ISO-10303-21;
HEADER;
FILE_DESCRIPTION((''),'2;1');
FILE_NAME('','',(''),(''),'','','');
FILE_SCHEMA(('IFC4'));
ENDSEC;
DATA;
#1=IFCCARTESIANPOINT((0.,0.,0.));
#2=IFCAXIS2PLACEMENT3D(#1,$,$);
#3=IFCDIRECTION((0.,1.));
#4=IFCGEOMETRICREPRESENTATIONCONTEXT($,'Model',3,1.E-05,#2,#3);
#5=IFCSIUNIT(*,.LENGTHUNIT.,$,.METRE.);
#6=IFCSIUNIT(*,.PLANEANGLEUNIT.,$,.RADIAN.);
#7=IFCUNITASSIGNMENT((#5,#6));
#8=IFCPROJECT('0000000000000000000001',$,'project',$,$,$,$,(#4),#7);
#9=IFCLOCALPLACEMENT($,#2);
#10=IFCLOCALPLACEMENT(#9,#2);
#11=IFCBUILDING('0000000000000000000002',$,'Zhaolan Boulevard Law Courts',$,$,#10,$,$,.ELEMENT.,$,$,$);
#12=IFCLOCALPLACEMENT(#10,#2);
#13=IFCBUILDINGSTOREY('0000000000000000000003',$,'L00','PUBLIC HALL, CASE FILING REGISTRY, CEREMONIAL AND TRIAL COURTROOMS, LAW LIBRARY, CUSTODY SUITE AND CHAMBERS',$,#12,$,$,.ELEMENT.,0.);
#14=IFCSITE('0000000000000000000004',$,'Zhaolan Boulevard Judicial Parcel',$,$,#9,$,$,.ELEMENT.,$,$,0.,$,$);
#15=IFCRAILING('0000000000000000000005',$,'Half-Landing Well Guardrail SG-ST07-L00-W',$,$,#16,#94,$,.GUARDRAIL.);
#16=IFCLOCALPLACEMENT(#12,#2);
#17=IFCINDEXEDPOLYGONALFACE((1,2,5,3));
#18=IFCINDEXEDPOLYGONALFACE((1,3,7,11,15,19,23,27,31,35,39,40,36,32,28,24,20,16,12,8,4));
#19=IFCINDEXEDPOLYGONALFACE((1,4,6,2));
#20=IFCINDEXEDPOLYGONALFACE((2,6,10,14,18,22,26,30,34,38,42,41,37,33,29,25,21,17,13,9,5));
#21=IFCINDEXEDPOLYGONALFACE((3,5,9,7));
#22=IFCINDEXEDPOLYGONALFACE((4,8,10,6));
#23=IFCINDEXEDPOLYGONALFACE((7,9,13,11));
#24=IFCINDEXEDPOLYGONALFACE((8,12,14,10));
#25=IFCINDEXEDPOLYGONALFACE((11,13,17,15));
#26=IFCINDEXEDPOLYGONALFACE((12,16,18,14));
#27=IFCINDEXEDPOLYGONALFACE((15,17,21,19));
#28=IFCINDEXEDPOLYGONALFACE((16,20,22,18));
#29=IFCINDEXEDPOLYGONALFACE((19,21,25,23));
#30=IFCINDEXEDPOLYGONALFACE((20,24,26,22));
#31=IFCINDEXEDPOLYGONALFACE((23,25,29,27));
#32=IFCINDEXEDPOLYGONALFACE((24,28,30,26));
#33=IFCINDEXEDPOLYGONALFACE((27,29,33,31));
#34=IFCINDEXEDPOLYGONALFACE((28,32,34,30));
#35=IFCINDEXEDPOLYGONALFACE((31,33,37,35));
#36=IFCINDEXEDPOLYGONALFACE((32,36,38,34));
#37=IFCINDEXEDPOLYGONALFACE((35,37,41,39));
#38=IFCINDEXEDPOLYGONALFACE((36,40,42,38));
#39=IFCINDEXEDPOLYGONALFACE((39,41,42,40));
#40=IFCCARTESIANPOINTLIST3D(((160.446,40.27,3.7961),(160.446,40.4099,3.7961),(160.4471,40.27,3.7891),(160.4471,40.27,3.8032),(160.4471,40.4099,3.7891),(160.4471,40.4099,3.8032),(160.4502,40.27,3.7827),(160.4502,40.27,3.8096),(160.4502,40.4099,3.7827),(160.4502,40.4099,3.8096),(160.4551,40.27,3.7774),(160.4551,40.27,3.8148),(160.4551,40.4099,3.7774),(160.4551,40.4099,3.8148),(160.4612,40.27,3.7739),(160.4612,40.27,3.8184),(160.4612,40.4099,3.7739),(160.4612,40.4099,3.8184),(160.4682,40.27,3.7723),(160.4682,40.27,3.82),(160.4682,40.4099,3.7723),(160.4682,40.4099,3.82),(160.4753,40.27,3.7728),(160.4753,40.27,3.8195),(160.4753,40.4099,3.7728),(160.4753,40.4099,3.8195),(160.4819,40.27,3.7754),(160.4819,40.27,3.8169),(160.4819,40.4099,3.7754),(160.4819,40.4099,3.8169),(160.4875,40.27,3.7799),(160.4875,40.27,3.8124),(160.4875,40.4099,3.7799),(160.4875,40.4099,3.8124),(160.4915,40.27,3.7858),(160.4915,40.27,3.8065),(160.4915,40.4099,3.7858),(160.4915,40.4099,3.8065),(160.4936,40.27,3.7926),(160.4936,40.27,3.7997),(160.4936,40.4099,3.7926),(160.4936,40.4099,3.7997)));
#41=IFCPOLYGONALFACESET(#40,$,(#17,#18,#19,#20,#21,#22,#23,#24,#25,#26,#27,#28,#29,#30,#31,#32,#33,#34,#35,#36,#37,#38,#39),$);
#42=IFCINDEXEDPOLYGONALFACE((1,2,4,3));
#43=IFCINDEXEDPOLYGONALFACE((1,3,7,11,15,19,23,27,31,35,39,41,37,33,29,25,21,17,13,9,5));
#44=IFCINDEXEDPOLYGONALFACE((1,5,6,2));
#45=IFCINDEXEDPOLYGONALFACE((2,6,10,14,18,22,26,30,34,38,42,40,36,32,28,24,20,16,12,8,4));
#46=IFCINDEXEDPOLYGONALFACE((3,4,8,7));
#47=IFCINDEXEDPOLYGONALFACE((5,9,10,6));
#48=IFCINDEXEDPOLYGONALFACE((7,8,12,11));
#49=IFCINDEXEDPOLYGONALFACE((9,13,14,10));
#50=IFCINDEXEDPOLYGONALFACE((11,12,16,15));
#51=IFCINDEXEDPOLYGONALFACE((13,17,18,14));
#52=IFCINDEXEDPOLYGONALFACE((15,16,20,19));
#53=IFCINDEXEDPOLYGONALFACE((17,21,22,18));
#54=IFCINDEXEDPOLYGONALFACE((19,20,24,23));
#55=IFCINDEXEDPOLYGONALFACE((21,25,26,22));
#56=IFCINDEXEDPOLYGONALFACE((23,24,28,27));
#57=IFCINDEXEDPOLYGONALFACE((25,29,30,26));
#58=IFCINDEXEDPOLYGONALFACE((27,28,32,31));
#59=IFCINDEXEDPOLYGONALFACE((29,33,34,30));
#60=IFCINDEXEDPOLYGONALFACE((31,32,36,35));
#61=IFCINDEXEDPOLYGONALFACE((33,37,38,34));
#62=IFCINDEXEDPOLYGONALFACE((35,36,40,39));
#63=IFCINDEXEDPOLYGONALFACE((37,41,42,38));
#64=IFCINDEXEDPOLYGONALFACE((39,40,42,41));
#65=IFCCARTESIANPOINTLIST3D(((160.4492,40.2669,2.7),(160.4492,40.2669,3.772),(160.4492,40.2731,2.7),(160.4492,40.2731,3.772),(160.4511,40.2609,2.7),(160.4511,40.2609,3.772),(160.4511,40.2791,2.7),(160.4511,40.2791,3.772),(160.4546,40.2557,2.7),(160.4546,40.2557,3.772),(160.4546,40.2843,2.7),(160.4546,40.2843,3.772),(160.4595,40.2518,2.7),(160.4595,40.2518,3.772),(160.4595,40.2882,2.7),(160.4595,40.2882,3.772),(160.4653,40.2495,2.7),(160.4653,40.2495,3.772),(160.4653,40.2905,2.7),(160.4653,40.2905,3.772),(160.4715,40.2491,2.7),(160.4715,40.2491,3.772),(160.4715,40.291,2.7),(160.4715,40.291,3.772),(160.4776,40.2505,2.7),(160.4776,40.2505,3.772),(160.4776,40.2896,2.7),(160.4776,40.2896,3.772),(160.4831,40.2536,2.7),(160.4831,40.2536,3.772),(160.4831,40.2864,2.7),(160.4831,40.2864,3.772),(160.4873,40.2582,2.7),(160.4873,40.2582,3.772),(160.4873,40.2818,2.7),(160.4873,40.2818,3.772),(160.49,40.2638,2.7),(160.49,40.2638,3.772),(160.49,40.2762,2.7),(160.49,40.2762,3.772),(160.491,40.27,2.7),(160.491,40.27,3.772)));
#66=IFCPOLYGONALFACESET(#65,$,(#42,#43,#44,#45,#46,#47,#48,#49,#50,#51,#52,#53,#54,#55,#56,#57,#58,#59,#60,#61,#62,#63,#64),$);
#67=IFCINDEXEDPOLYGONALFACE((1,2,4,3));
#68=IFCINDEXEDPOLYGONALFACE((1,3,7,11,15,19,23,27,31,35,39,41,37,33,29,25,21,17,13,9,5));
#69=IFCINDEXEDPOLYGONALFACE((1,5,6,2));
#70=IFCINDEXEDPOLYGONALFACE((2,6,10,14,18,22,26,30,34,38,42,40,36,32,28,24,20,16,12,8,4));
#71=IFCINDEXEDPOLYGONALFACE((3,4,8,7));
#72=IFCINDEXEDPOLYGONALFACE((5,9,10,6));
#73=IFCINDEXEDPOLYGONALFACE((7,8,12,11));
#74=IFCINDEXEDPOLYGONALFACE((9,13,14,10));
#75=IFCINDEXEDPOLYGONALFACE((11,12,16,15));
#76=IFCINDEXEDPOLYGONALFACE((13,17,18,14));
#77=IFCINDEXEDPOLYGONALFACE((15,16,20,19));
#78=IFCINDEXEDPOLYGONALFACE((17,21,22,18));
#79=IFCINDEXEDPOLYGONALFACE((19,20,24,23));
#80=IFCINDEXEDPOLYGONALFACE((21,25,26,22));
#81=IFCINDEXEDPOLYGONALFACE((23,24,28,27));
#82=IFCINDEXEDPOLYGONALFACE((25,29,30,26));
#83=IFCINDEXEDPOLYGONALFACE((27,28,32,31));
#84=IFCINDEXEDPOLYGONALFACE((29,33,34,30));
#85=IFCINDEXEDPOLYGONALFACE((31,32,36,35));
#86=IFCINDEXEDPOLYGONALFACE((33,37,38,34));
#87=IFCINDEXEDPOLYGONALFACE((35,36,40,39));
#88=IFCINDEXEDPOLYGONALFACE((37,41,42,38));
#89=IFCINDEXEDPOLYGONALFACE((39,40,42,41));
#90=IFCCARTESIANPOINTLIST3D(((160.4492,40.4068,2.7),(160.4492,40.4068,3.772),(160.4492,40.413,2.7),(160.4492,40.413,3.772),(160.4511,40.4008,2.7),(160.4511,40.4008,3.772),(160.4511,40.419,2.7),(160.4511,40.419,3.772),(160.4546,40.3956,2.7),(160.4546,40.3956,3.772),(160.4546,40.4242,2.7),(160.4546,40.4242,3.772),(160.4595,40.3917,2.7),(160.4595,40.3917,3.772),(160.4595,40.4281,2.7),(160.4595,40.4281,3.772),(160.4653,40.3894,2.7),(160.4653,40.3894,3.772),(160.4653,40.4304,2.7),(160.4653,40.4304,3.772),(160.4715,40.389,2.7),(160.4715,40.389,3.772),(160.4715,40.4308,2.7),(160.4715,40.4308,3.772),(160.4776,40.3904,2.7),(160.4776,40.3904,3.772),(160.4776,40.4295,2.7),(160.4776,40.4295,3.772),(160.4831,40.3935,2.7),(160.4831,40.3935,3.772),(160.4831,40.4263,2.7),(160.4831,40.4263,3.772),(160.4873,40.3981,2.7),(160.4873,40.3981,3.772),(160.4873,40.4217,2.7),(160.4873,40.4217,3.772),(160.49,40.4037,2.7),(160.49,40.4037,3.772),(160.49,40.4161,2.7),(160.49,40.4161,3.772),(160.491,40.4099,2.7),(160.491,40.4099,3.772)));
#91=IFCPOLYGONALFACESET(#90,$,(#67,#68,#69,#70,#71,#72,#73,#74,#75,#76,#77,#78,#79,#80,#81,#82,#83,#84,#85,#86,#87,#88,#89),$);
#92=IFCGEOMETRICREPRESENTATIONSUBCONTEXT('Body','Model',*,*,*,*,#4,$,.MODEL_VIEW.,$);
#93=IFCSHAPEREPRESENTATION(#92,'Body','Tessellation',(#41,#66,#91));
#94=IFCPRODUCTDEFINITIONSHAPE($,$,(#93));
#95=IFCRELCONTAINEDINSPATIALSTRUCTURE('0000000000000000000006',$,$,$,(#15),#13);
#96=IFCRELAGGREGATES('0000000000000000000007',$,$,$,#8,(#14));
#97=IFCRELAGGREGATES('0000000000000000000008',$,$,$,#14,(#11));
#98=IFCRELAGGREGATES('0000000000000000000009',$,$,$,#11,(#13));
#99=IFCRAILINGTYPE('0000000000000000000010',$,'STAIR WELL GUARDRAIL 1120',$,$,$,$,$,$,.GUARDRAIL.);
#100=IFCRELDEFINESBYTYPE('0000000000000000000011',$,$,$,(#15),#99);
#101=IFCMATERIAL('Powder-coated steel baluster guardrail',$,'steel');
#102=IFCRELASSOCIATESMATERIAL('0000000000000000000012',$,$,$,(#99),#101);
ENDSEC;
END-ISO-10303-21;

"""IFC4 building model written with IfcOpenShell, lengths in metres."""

from ifc_helpers import new_model, si_unit, direction, frame, origin, origin_2d, place, context, subcontext, project, spatial, circle, extrude, material, type_object, element, save


model = new_model("IFC4")

# Units and contexts
model_context = context("Model", 3, precision=1e-05, world=origin(), true_north=direction((0.0, 1.0)))
body_context = subcontext(model_context, "Body", "Model", "MODEL_VIEW")
ifc_project = project(units=[si_unit("LENGTHUNIT", "METRE"), si_unit("PLANEANGLEUNIT", "RADIAN")], contexts=[model_context])

# Site, building, storey
site_placement = place(None, origin())
site = spatial("IfcSite", under=ifc_project, at=site_placement, Name="Zhaolan Boulevard Judicial Parcel", CompositionType="ELEMENT", RefElevation=0.0)
building_placement = place(site_placement, origin())
building = spatial("IfcBuilding", under=site, at=building_placement, Name="Zhaolan Boulevard Law Courts", CompositionType="ELEMENT")
storey_placement = place(building_placement, origin())
storey = spatial("IfcBuildingStorey", under=building, at=storey_placement, Name="L00", Description="PUBLIC HALL, CASE FILING REGISTRY, CEREMONIAL AND TRIAL COURTROOMS, LAW LIBRARY, CUSTODY SUITE AND CHAMBERS", CompositionType="ELEMENT", Elevation=0.0)

# Railing
ifc_material_1 = material(Name="Powder-coated steel baluster guardrail", Category="steel")
railing_type_1 = type_object("IfcRailingType", Name="STAIR WELL GUARDRAIL 1120", PredefinedType="GUARDRAIL", material=ifc_material_1)
railing_1_placement = place(storey_placement, frame((160.47, 40.27, 2.7)))
element("IfcRailing", 1, at=railing_1_placement, inside=storey, type_object=railing_type_1, Name="Half-Landing Well Guardrail SG-ST07-L00-W", PredefinedType="GUARDRAIL", context=body_context, shape_type="SweptSolid", body=[
    extrude(circle(Radius=0.0239, at=origin_2d()), frame((0.0, 0.0, 1.0962), z_axis=(0.0, 1.0, 0.0), x_axis=(-1.0, 0.0, 0.0)), (0.0, 0.0, 1.0), 0.1399),
    extrude(circle(Radius=0.021, at=origin_2d()), origin(), (0.0, 0.0, 1.0), 1.072),
    extrude(circle(Radius=0.021, at=origin_2d()), frame((0.0, 0.1399, 0.0)), (0.0, 0.0, 1.0), 1.072),
])

save(model, "model.ifc")
